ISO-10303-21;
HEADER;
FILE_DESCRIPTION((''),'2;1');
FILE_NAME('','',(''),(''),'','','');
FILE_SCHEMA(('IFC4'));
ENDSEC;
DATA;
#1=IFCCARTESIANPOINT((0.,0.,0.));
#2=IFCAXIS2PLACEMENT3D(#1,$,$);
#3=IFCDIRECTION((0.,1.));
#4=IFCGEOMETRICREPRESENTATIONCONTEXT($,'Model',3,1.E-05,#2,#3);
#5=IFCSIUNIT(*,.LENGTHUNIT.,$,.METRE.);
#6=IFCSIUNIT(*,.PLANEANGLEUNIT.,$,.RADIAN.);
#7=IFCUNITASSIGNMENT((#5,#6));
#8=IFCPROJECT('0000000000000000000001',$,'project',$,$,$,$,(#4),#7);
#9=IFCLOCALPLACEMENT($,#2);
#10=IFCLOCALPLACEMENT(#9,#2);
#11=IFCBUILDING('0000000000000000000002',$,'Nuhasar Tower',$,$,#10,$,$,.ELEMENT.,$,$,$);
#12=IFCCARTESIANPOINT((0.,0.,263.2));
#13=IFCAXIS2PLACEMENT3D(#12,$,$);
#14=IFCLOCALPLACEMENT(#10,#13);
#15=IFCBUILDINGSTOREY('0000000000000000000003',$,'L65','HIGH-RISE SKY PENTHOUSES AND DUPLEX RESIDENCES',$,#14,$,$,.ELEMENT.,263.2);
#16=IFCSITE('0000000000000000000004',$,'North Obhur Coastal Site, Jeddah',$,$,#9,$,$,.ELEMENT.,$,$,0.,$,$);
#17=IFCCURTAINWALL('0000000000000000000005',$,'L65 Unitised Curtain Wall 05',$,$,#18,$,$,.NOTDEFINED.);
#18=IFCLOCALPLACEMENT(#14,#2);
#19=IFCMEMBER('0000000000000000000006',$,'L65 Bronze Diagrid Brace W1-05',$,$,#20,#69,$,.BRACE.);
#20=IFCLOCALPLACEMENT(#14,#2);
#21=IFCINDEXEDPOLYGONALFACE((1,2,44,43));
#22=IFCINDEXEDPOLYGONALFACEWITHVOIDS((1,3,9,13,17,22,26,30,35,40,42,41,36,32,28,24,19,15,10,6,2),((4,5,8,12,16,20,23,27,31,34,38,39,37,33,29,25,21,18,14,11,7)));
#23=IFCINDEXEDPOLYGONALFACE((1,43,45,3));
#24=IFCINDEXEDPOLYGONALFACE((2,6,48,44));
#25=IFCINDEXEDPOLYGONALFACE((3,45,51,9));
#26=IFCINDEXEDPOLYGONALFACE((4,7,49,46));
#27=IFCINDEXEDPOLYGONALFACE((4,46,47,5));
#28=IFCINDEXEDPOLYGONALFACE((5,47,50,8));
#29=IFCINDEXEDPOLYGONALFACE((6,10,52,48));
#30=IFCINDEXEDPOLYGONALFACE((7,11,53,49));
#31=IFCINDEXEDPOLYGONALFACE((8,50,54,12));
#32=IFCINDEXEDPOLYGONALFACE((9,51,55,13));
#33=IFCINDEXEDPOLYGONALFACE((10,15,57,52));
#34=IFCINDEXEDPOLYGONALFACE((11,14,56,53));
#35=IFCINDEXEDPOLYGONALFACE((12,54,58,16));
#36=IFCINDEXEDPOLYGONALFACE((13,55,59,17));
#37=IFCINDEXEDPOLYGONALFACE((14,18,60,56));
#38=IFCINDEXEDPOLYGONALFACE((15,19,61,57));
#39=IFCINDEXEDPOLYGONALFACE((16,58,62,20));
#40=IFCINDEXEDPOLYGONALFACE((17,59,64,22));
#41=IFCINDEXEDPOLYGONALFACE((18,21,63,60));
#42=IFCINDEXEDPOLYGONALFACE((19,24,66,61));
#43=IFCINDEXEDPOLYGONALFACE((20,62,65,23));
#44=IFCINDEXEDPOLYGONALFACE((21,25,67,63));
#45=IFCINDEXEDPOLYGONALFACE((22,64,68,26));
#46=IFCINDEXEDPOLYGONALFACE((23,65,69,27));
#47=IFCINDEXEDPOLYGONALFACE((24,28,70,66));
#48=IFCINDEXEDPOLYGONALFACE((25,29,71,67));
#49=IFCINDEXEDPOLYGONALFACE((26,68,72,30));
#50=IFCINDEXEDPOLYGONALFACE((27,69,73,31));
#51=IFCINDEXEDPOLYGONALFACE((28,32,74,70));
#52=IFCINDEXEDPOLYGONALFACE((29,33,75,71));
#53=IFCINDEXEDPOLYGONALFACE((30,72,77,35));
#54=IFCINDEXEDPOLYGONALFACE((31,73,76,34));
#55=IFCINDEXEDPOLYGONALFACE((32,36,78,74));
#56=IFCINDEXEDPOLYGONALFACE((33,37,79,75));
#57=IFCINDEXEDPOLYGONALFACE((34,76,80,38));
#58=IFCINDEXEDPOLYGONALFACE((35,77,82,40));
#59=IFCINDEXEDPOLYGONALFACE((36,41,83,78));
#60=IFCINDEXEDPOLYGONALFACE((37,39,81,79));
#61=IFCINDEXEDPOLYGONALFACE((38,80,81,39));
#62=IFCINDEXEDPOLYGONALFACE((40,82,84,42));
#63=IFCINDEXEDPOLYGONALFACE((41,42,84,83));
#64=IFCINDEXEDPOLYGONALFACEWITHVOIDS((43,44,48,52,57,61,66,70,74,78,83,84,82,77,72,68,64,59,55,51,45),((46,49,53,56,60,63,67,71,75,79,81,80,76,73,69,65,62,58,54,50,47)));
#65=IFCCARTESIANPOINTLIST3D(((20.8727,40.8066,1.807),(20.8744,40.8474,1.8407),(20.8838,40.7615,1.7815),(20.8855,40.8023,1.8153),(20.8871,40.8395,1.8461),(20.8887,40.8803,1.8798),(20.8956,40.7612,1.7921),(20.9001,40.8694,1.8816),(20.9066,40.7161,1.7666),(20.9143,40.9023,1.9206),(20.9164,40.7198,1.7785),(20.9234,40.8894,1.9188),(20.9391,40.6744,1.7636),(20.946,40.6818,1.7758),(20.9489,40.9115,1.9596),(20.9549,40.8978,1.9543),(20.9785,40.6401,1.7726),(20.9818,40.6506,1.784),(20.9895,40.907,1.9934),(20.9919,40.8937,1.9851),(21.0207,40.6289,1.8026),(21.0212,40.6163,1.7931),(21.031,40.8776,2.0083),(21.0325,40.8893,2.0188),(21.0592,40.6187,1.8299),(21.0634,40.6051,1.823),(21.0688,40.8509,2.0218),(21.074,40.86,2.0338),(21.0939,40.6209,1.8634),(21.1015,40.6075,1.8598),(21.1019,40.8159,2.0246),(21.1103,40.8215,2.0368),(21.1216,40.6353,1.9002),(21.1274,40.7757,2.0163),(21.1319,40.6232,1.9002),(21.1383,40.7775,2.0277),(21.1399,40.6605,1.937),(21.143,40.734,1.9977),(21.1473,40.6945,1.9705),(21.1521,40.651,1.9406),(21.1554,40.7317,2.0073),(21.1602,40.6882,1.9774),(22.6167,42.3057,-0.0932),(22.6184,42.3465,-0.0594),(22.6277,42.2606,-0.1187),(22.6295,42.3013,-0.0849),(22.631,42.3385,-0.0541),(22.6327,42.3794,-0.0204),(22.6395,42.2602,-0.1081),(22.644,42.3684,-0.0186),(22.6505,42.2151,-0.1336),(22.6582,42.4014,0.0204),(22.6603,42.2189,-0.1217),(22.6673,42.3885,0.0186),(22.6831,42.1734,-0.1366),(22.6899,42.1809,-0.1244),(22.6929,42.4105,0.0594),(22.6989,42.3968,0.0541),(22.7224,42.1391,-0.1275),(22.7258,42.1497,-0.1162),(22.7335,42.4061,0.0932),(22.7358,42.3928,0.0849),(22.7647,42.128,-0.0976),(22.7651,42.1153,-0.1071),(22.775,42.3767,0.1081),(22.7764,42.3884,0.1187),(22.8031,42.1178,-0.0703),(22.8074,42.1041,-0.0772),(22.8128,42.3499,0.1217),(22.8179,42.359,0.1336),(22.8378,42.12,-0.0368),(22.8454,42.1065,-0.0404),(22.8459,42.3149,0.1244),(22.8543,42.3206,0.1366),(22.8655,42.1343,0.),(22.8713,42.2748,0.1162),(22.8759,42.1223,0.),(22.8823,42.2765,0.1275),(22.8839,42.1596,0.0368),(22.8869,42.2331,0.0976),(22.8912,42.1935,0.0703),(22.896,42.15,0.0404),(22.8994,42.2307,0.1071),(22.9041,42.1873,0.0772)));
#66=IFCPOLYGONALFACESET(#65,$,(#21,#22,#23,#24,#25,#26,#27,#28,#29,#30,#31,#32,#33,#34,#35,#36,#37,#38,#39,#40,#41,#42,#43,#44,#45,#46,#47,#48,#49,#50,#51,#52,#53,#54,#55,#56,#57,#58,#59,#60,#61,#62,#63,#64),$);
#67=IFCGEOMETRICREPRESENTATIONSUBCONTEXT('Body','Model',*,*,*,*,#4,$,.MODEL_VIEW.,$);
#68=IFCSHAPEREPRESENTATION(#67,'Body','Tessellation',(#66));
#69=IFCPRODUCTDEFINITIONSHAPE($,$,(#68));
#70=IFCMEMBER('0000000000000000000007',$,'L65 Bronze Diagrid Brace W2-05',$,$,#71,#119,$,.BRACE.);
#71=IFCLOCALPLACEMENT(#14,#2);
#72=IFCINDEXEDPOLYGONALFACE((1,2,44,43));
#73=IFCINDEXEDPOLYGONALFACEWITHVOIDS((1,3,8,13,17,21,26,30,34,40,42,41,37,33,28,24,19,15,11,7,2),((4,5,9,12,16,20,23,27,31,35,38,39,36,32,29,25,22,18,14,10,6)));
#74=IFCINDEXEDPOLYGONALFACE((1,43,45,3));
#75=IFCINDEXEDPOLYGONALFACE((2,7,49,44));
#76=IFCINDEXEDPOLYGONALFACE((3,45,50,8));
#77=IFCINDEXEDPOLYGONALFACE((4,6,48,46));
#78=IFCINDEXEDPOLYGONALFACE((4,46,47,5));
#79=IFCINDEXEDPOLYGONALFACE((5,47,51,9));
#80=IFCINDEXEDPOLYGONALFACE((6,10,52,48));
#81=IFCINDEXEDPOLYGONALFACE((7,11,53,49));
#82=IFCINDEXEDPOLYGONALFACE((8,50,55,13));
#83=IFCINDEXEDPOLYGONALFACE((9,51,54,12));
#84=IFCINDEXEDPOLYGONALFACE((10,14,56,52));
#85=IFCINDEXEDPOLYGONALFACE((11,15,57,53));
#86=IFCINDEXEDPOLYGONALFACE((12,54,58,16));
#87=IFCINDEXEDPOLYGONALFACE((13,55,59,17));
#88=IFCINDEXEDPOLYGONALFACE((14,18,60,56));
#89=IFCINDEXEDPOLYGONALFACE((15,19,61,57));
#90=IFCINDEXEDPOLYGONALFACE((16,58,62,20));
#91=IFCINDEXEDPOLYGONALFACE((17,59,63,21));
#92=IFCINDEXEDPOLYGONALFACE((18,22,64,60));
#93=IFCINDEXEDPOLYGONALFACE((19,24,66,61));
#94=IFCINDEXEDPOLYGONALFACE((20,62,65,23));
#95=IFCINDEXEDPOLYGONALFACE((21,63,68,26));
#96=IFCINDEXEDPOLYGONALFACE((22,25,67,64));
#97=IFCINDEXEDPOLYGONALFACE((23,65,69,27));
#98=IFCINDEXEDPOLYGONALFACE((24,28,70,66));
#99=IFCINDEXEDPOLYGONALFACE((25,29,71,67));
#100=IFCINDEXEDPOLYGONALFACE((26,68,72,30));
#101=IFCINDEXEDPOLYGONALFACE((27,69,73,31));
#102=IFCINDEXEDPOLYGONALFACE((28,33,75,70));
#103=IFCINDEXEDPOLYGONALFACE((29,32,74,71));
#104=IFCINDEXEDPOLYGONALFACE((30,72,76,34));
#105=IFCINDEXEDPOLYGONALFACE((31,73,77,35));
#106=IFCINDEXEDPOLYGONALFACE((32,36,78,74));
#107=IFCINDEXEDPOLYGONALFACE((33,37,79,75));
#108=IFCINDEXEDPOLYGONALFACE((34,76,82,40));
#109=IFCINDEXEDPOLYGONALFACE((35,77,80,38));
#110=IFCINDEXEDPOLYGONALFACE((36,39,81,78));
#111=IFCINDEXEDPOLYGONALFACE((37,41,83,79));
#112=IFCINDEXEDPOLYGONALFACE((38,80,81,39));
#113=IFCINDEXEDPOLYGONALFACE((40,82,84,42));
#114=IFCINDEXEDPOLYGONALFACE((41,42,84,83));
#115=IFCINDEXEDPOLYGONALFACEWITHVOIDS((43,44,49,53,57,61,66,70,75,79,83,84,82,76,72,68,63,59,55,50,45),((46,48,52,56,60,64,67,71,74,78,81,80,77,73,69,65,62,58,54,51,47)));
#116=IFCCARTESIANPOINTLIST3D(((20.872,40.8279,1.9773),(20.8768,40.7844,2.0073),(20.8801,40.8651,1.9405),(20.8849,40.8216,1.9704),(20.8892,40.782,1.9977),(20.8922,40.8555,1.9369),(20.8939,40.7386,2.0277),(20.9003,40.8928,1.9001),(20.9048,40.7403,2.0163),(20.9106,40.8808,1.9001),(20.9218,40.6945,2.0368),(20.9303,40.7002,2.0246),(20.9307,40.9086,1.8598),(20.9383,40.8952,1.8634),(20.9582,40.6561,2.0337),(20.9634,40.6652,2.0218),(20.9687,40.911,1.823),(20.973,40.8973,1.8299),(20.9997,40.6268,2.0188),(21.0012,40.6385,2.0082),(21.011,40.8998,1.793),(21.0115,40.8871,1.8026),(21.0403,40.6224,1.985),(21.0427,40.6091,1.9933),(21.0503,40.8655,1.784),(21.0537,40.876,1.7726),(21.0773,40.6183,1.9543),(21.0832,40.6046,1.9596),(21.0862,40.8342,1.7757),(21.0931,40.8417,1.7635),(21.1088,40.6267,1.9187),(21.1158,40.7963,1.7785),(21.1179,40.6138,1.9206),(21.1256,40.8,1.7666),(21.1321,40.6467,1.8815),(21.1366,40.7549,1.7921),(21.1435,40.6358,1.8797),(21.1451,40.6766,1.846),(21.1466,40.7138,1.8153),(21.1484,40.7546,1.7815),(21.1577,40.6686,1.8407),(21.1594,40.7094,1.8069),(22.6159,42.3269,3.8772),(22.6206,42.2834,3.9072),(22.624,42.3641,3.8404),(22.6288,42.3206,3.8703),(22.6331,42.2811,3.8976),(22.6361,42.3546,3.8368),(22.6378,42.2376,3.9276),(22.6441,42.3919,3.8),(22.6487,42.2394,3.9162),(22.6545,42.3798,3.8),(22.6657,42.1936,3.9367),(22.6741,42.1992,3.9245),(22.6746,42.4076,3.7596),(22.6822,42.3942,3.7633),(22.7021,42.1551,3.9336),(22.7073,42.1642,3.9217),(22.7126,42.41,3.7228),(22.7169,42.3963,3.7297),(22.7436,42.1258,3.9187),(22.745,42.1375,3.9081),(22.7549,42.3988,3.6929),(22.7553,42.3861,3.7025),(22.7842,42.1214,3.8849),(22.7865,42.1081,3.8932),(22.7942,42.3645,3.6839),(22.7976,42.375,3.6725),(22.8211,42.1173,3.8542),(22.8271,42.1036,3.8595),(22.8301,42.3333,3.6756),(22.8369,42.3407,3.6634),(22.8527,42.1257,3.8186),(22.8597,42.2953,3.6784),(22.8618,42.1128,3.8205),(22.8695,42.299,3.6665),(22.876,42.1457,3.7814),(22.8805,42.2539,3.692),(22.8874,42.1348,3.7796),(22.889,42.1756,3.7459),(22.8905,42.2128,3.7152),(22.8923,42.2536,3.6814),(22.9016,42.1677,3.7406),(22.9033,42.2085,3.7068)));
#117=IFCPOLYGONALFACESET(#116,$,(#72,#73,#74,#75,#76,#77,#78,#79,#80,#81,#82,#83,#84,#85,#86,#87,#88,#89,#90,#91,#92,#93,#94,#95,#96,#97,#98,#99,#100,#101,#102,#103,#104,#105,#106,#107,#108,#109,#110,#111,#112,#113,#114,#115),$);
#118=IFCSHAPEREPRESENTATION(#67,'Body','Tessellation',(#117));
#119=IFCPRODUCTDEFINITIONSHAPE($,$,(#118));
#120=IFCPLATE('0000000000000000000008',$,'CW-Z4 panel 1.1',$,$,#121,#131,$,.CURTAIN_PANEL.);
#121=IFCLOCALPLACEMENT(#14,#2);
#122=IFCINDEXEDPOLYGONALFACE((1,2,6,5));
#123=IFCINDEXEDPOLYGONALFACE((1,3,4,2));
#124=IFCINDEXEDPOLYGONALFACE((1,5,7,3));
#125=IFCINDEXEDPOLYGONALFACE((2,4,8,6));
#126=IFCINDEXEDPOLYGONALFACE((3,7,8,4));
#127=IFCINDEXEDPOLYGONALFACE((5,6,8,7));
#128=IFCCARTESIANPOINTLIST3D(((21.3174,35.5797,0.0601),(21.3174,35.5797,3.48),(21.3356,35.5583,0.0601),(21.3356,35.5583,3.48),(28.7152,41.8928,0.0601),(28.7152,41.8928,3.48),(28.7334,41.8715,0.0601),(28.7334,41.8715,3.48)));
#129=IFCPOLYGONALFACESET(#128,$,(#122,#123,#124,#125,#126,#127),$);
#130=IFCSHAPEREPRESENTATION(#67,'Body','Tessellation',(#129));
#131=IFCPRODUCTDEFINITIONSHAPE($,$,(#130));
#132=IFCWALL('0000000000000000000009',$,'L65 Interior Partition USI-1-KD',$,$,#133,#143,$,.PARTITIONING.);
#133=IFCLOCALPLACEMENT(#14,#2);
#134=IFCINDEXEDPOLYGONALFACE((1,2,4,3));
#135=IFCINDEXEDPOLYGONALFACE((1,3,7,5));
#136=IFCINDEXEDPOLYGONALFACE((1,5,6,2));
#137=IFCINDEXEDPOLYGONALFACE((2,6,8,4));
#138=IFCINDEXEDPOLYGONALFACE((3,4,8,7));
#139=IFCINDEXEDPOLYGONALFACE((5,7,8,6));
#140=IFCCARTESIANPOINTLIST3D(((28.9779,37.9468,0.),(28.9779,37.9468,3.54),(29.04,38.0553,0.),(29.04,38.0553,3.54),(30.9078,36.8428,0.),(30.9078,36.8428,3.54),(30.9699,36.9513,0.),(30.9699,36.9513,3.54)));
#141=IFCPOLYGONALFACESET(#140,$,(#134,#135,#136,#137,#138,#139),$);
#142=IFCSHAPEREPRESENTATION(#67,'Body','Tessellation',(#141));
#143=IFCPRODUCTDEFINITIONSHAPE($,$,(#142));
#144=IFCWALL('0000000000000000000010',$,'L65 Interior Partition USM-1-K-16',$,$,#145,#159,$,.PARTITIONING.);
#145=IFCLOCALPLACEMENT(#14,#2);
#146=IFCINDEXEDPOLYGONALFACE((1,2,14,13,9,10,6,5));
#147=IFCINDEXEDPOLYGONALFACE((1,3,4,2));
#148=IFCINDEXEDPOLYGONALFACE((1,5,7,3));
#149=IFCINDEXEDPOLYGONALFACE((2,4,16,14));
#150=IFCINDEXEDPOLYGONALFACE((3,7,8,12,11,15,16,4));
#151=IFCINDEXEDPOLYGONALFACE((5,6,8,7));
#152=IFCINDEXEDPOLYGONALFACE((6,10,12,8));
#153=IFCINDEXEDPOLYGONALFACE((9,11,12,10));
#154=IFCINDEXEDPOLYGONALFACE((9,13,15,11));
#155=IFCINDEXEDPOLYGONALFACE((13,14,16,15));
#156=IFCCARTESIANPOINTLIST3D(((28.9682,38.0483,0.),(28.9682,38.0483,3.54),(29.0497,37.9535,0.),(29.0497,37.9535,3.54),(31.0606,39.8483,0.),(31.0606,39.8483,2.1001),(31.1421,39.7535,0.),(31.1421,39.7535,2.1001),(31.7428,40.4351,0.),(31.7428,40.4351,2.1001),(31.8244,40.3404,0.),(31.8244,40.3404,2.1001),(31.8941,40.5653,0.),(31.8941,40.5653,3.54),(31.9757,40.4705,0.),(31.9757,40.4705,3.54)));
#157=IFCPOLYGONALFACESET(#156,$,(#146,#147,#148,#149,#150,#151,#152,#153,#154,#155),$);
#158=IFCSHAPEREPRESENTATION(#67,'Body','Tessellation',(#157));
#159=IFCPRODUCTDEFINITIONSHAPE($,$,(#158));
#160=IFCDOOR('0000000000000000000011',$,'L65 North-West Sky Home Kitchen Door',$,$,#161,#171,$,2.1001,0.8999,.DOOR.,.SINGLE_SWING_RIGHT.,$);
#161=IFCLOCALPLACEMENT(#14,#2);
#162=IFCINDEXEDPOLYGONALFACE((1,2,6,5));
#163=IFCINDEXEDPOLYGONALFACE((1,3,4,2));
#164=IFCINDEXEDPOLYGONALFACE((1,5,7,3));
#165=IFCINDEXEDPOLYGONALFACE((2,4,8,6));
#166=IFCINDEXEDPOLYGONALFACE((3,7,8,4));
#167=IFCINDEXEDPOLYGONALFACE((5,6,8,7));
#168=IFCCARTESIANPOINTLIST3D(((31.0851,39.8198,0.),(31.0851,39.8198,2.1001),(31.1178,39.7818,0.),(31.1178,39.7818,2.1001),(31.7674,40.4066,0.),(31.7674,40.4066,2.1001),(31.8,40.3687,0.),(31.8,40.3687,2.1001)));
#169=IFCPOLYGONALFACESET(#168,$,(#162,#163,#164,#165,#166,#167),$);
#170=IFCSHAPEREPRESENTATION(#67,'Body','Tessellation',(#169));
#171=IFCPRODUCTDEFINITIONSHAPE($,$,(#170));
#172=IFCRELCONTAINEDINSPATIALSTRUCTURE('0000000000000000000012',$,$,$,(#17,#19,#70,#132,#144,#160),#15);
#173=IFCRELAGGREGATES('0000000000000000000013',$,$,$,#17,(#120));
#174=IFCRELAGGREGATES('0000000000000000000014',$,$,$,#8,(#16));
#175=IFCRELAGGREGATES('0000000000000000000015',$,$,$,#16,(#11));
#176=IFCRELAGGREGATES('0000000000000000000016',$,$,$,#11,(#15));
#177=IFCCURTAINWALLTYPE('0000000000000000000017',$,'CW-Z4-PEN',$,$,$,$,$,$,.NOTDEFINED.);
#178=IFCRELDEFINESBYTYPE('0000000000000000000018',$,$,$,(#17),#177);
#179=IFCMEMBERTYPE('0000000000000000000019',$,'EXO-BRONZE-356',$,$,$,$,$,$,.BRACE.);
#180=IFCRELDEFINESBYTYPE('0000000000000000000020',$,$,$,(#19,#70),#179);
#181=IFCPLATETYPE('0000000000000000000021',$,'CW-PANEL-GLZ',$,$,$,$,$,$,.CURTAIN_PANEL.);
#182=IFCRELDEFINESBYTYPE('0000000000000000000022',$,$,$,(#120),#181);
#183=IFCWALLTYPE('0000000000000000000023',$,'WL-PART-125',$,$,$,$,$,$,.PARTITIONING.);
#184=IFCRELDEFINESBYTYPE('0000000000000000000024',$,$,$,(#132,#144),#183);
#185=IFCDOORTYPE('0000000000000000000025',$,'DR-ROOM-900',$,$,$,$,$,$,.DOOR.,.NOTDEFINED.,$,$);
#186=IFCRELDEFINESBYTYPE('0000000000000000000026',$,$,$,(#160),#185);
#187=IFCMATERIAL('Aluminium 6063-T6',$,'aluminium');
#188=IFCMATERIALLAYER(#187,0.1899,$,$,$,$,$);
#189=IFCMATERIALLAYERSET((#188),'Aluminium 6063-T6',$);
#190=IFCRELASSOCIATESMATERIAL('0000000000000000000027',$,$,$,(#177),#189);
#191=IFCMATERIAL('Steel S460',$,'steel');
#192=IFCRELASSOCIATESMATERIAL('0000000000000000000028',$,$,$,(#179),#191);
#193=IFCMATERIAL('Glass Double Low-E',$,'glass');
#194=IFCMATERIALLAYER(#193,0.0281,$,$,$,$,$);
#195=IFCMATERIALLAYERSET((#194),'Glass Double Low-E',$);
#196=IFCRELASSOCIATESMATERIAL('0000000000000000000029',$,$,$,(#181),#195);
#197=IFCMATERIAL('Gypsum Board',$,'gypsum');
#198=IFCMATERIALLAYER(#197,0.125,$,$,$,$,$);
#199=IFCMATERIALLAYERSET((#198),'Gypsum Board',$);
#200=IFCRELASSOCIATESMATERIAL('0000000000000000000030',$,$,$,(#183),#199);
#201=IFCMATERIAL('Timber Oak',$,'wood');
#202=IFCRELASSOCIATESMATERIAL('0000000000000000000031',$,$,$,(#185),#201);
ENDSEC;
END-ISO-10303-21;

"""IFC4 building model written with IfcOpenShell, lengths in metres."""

from ifc_helpers import new_model, si_unit, direction, frame, frame_2d, origin, origin_2d, place, context, subcontext, project, spatial, rectangle, hollow_circle, extrude, material, layer, layer_set, material_profile, profile_set, type_object, element, fill, aggregate, save


model = new_model("IFC4")

# Units and contexts
model_context = context("Model", 3, precision=1e-05, world=origin(), true_north=direction((0.0, 1.0)))
body_context = subcontext(model_context, "Body", "Model", "MODEL_VIEW")
ifc_project = project(units=[si_unit("LENGTHUNIT", "METRE"), si_unit("PLANEANGLEUNIT", "RADIAN")], contexts=[model_context])

# Site, building, storey
site_placement = place(None, origin())
site = spatial("IfcSite", under=ifc_project, at=site_placement, Name="North Obhur Coastal Site, Jeddah", CompositionType="ELEMENT", RefElevation=0.0)
building_placement = place(site_placement, origin())
building = spatial("IfcBuilding", under=site, at=building_placement, Name="Nuhasar Tower", CompositionType="ELEMENT")
storey_placement = place(building_placement, frame((0.0, 0.0, 263.2)))
storey = spatial("IfcBuildingStorey", under=building, at=storey_placement, Name="L65", Description="HIGH-RISE SKY PENTHOUSES AND DUPLEX RESIDENCES", CompositionType="ELEMENT", Elevation=263.2)

# Shared definitions
ifc_material_1 = material(Name="Aluminium 6063-T6", Category="aluminium")
ifc_layer_1 = layer(ifc_material_1, 0.1899)
ifc_layer_set_1 = layer_set([ifc_layer_1], Name="Aluminium 6063-T6")
curtain_wall_type = type_object("IfcCurtainWallType", Name="CW-Z4-PEN", PredefinedType="NOTDEFINED", material=ifc_layer_set_1)

# Curtain wall
curtain_wall_1_placement = place(storey_placement, origin())
curtain_wall_1 = element("IfcCurtainWall", 1, at=curtain_wall_1_placement, inside=storey, type_object=curtain_wall_type, Name="L65 Unitised Curtain Wall 05", PredefinedType="NOTDEFINED")

# Members
ifc_material_2 = material(Name="Steel S460", Category="steel")
ifc_material_profile_1 = material_profile(ifc_material_2, hollow_circle(Radius=0.1777, WallThickness=0.0159, at=origin_2d()), Name="HSS355.6X15.9")
ifc_profile_set_1 = profile_set([ifc_material_profile_1], Name="Steel S460")
member_type_1 = type_object("IfcMemberType", Name="EXO-BRONZE-356", PredefinedType="BRACE", material=ifc_profile_set_1)
member_1_placement = place(storey_placement, frame((22.76, 42.2571, 0.0), z_axis=(-0.584595, -0.502508, 0.636973), x_axis=(0.651857, -0.758342, 0.0)))
element("IfcMember", 2, at=member_1_placement, inside=storey, type_object=member_type_1, Name="L65 Bronze Diagrid Brace W1-05", PredefinedType="BRACE", context=body_context, shape_type="SweptSolid", body=[
    extrude(hollow_circle(Radius=0.1777, WallThickness=0.0159, at=origin_2d()), origin(), (0.0, 0.0, 1.0), 2.9832),
])
member_2_placement = place(storey_placement, frame((21.0161, 40.7581, 1.9001), z_axis=(0.584625, 0.502534, 0.636925), x_axis=(-0.651857, 0.758342, 0.0)))
element("IfcMember", 3, at=member_2_placement, inside=storey, type_object=member_type_1, Name="L65 Bronze Diagrid Brace W2-05", PredefinedType="BRACE", context=body_context, shape_type="SweptSolid", body=[
    extrude(hollow_circle(Radius=0.1777, WallThickness=0.0159, at=origin_2d()), origin(), (0.0, 0.0, 1.0), 2.9829),
])

# Plate
ifc_material_3 = material(Name="Glass Double Low-E", Category="glass")
ifc_layer_2 = layer(ifc_material_3, 0.0281)
ifc_layer_set_2 = layer_set([ifc_layer_2], Name="Glass Double Low-E")
plate_type = type_object("IfcPlateType", Name="CW-PANEL-GLZ", PredefinedType="CURTAIN_PANEL", material=ifc_layer_set_2)
plate_placement = place(storey_placement, frame((25.0254, 38.7256, 0.0601), z_axis=(0.0, 0.0, 1.0), x_axis=(-0.760667, -0.649142, 0.0)))
plate = element("IfcPlate", 4, at=plate_placement, type_object=plate_type, Name="CW-Z4 panel 1.1", PredefinedType="CURTAIN_PANEL", context=body_context, shape_type="SweptSolid", body=[
    extrude(rectangle(XDim=9.7253, YDim=0.0281, at=origin_2d()), origin(), (0.0, 0.0, 1.0), 3.4199),
])
aggregate(curtain_wall_1, [plate])

# Wall
ifc_material_4 = material(Name="Gypsum Board", Category="gypsum")
ifc_layer_3 = layer(ifc_material_4, 0.125)
ifc_layer_set_3 = layer_set([ifc_layer_3], Name="Gypsum Board")
wall_type = type_object("IfcWallType", Name="WL-PART-125", PredefinedType="PARTITIONING", material=ifc_layer_set_3)
wall_1_placement = place(storey_placement, frame((30.939, 36.897, 0.0), z_axis=(0.0, 0.0, 1.0), x_axis=(-0.868013, 0.496541, 0.0)))
element("IfcWall", 5, at=wall_1_placement, inside=storey, type_object=wall_type, Name="L65 Interior Partition USI-1-KD", PredefinedType="PARTITIONING", context=body_context, shape_type="SweptSolid", body=[
    extrude(rectangle(XDim=2.2234, YDim=0.125, at=frame_2d((1.1118, 0.0))), origin(), (0.0, 0.0, 1.0), 3.54),
])

# Wall, opening, door
wall_2_placement = place(storey_placement, frame((29.009, 38.001, 0.0), z_axis=(0.0, 0.0, 1.0), x_axis=(0.758095, 0.652145, 0.0)))
wall_2 = element("IfcWall", 6, at=wall_2_placement, inside=storey, type_object=wall_type, Name="L65 Interior Partition USM-1-K-16", PredefinedType="PARTITIONING", context=body_context, shape_type="SweptSolid", body=[
    extrude(rectangle(XDim=3.8596, YDim=0.125, at=frame_2d((1.9297, 0.0))), origin(), (0.0, 0.0, 1.0), 3.54),
])
opening_placement = place(wall_2_placement, frame((2.76, 0.0, 0.0)))
opening = element("IfcOpeningElement", 7, at=opening_placement, cuts=wall_2, PredefinedType="OPENING", context=body_context, shape_type="SweptSolid", body=[
    extrude(rectangle(XDim=0.8999, YDim=2.1001, at=frame_2d((0.45, 1.05))), frame((0.0, 0.0725, 0.0), z_axis=(0.0, -1.0, 0.0), x_axis=(1.0, 0.0, 0.0)), (0.0, 0.0, 1.0), 0.145),
])
ifc_material_5 = material(Name="Timber Oak", Category="wood")
door_type = type_object("IfcDoorType", Name="DR-ROOM-900", OperationType="NOTDEFINED", PredefinedType="DOOR", material=ifc_material_5)
door_placement = place(opening_placement, origin())
door = element("IfcDoor", 8, at=door_placement, inside=storey, type_object=door_type, Name="L65 North-West Sky Home Kitchen Door", OperationType="SINGLE_SWING_RIGHT", OverallHeight=2.1001, OverallWidth=0.8999, PredefinedType="DOOR", context=body_context, shape_type="SweptSolid", body=[
    extrude(rectangle(XDim=0.8999, YDim=2.1001, at=frame_2d((0.45, 1.05))), frame((0.0, 0.0249, 0.0), z_axis=(0.0, -1.0, 0.0), x_axis=(1.0, 0.0, 0.0)), (0.0, 0.0, 1.0), 0.05),
])
fill(opening, door)

save(model, "model.ifc")
